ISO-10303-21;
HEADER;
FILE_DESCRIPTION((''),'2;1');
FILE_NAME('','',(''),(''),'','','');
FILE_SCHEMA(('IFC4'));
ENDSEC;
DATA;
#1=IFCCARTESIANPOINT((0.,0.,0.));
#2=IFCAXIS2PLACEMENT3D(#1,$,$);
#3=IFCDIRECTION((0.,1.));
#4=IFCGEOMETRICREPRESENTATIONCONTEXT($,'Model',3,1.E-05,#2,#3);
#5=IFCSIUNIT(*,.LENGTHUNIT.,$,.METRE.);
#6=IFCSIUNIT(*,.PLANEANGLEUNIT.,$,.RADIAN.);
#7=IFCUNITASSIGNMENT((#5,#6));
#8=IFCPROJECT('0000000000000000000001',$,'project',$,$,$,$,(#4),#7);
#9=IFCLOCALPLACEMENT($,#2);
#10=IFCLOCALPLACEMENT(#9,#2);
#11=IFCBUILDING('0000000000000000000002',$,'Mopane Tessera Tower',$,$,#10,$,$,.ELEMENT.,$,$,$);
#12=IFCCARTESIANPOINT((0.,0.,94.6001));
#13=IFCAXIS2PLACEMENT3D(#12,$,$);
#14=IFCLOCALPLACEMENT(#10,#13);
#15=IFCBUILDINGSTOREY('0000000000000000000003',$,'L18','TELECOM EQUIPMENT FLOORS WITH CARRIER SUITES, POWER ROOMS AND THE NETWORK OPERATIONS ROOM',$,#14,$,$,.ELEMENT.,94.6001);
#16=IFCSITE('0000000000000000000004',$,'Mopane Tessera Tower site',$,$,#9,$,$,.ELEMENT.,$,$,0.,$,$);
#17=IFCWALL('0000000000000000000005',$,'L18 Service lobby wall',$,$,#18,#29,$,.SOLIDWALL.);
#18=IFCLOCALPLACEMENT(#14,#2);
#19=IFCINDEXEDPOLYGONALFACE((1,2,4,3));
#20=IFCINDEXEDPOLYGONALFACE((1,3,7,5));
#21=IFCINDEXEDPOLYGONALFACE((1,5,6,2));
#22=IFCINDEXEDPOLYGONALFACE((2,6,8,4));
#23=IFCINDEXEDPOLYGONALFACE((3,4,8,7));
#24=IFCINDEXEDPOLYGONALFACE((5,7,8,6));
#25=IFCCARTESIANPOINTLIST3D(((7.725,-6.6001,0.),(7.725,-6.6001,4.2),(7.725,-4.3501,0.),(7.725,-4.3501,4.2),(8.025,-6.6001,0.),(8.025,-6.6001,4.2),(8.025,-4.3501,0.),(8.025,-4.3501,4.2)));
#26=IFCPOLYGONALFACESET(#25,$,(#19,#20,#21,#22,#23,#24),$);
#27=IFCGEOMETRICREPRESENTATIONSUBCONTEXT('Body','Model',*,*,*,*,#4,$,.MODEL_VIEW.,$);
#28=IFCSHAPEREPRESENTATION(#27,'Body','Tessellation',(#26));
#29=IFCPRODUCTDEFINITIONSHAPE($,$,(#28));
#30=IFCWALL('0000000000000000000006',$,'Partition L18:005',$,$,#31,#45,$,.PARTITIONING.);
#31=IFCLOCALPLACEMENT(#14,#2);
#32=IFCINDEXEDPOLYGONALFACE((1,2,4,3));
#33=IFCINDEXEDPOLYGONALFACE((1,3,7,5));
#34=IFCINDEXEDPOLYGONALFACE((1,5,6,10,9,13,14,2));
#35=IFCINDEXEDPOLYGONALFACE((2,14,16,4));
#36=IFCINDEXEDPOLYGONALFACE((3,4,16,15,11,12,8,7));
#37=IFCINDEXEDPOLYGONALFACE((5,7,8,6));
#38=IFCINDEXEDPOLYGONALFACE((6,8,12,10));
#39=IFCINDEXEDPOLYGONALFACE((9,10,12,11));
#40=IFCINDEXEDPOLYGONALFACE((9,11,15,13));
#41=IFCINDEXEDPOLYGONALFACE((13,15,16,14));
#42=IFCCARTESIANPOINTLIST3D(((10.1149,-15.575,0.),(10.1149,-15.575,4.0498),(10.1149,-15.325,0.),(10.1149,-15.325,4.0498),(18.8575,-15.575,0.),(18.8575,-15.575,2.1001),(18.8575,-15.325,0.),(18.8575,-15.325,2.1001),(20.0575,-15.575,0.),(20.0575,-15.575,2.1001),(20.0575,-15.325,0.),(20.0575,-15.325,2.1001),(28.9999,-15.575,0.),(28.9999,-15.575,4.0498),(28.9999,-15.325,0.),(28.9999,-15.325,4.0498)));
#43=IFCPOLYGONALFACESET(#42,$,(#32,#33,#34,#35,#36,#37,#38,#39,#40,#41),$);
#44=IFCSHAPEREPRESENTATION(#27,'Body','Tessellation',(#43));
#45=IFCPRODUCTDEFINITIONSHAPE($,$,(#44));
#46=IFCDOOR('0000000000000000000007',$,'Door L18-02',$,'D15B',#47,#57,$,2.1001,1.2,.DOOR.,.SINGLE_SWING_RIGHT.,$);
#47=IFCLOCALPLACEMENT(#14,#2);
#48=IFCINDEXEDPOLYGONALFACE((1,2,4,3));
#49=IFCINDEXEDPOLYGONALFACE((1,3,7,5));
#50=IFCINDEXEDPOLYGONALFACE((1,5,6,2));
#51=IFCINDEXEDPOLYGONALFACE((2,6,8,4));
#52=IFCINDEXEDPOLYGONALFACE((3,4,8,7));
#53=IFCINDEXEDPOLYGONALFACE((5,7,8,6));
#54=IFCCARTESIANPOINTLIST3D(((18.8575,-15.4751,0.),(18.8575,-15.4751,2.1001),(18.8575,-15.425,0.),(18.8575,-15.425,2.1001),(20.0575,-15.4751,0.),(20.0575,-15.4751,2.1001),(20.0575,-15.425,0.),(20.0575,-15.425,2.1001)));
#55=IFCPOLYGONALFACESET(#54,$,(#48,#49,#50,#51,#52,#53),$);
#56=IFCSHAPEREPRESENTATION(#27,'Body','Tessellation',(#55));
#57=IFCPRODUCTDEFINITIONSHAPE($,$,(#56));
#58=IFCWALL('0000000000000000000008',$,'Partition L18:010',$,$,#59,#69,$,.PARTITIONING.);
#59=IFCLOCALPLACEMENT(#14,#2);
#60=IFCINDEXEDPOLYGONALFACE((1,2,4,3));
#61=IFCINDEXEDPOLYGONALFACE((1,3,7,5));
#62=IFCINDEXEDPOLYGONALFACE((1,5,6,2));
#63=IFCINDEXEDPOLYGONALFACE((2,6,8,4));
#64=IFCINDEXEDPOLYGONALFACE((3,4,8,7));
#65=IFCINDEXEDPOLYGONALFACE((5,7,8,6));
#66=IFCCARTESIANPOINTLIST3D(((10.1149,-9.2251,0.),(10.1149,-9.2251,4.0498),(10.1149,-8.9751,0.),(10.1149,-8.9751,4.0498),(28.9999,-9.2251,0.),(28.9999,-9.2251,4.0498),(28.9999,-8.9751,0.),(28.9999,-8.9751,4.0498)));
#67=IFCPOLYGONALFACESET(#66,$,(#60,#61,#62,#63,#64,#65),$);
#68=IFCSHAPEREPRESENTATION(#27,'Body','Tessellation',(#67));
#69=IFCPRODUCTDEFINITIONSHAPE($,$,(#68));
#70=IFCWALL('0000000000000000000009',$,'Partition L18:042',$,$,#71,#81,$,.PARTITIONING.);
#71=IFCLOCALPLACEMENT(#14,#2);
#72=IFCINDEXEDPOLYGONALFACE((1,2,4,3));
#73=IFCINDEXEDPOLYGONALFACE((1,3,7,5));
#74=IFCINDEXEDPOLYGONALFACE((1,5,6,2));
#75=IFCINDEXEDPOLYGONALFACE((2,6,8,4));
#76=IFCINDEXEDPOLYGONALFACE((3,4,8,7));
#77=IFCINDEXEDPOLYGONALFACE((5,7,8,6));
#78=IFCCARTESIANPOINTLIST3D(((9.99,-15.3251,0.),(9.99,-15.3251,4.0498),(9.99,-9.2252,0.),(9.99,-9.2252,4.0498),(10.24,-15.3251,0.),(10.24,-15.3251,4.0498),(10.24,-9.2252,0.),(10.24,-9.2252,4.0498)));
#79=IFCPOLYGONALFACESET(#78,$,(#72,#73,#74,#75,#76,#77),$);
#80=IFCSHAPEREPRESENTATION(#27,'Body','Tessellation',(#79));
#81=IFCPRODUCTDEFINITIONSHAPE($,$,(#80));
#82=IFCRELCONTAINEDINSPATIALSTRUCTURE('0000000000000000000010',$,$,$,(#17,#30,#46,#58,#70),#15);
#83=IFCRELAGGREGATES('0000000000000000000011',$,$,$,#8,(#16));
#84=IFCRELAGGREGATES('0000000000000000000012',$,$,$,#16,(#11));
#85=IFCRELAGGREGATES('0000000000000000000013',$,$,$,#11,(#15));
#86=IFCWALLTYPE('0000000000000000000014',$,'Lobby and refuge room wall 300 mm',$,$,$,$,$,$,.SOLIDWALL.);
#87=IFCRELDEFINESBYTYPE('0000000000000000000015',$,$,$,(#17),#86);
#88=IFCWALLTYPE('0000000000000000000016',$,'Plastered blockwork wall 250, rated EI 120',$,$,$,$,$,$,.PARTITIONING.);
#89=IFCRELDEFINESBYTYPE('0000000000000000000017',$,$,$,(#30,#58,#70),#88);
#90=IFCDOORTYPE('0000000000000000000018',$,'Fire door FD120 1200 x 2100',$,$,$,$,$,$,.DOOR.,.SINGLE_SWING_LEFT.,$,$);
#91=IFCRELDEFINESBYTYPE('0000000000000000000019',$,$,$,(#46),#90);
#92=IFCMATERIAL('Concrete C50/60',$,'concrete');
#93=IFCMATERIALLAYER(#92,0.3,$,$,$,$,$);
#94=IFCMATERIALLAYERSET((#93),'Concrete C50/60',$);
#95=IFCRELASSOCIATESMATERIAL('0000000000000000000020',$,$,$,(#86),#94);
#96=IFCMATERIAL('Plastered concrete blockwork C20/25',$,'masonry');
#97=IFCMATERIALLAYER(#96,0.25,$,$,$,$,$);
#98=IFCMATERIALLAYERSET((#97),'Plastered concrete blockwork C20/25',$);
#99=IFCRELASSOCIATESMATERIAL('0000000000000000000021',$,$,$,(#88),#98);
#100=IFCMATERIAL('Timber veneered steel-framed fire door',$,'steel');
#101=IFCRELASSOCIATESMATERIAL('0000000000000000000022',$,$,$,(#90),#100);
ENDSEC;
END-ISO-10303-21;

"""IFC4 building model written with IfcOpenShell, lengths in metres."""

from ifc_helpers import new_model, si_unit, direction, frame, frame_2d, origin, place, context, subcontext, project, spatial, rectangle, extrude, material, layer, layer_set, type_object, element, fill, save


model = new_model("IFC4")

# Units and contexts
model_context = context("Model", 3, precision=1e-05, world=origin(), true_north=direction((0.0, 1.0)))
body_context = subcontext(model_context, "Body", "Model", "MODEL_VIEW")
ifc_project = project(units=[si_unit("LENGTHUNIT", "METRE"), si_unit("PLANEANGLEUNIT", "RADIAN")], contexts=[model_context])

# Site, building, storey
site_placement = place(None, origin())
site = spatial("IfcSite", under=ifc_project, at=site_placement, Name="Mopane Tessera Tower site", CompositionType="ELEMENT", RefElevation=0.0)
building_placement = place(site_placement, origin())
building = spatial("IfcBuilding", under=site, at=building_placement, Name="Mopane Tessera Tower", CompositionType="ELEMENT")
storey_placement = place(building_placement, frame((0.0, 0.0, 94.6001)))
storey = spatial("IfcBuildingStorey", under=building, at=storey_placement, Name="L18", Description="TELECOM EQUIPMENT FLOORS WITH CARRIER SUITES, POWER ROOMS AND THE NETWORK OPERATIONS ROOM", CompositionType="ELEMENT", Elevation=94.6001)

# Wall
ifc_material_1 = material(Name="Concrete C50/60", Category="concrete")
ifc_layer_1 = layer(ifc_material_1, 0.3)
ifc_layer_set_1 = layer_set([ifc_layer_1], Name="Concrete C50/60")
wall_type_1 = type_object("IfcWallType", Name="Lobby and refuge room wall 300 mm", PredefinedType="SOLIDWALL", material=ifc_layer_set_1)
for number, where, z_axis, x_axis, name in (
    (1, (7.875, -6.6001, 0.0), (0.0, 0.0, 1.0), (0.0, 1.0, 0.0), "L18 Service lobby wall"),
):
    element("IfcWall", number, at=place(storey_placement, frame(where, z_axis=z_axis, x_axis=x_axis)), inside=storey, type_object=wall_type_1, Name=name, PredefinedType="SOLIDWALL", context=body_context, shape_type="SweptSolid", body=[
        extrude(rectangle(XDim=2.25, YDim=0.3, at=frame_2d((1.125, 0.0))), origin(), (0.0, 0.0, 1.0), 4.2),
    ])

# Wall, opening, door
ifc_material_2 = material(Name="Plastered concrete blockwork C20/25", Category="masonry")
ifc_layer_2 = layer(ifc_material_2, 0.25)
ifc_layer_set_2 = layer_set([ifc_layer_2], Name="Plastered concrete blockwork C20/25")
wall_type_2 = type_object("IfcWallType", Name="Plastered blockwork wall 250, rated EI 120", PredefinedType="PARTITIONING", material=ifc_layer_set_2)
wall_1_placement = place(storey_placement, frame((10.115, -15.45, 0.0), z_axis=(0.0, 0.0, 1.0), x_axis=(1.0, 0.0, 0.0)))
wall_1 = element("IfcWall", 2, at=wall_1_placement, inside=storey, type_object=wall_type_2, Name="Partition L18:005", PredefinedType="PARTITIONING", context=body_context, shape_type="SweptSolid", body=[
    extrude(rectangle(XDim=18.885, YDim=0.25, at=frame_2d((9.4424, 0.0))), origin(), (0.0, 0.0, 1.0), 4.0498),
])
opening_1_placement = place(wall_1_placement, frame((8.7424, 0.0, 0.0)))
opening_1 = element("IfcOpeningElement", 3, at=opening_1_placement, cuts=wall_1, PredefinedType="OPENING", context=body_context, shape_type="SweptSolid", body=[
    extrude(rectangle(XDim=1.2, YDim=2.1001, at=frame_2d((0.6001, 1.05))), frame((0.0, 0.137, 0.0), z_axis=(0.0, -1.0, 0.0), x_axis=(1.0, 0.0, 0.0)), (0.0, 0.0, 1.0), 0.2739),
])
ifc_material_3 = material(Name="Timber veneered steel-framed fire door", Category="steel")
door_type_1 = type_object("IfcDoorType", Name="Fire door FD120 1200 x 2100", OperationType="SINGLE_SWING_LEFT", PredefinedType="DOOR", material=ifc_material_3)
door_1_placement = place(opening_1_placement, origin())
door_1 = element("IfcDoor", 4, at=door_1_placement, inside=storey, type_object=door_type_1, Name="Door L18-02", ObjectType="D15B", OperationType="SINGLE_SWING_RIGHT", OverallHeight=2.1001, OverallWidth=1.2, PredefinedType="DOOR", context=body_context, shape_type="SweptSolid", body=[
    extrude(rectangle(XDim=1.2, YDim=2.1001, at=frame_2d((0.6001, 1.05))), frame((0.0, 0.0249, 0.0), z_axis=(0.0, -1.0, 0.0), x_axis=(1.0, 0.0, 0.0)), (0.0, 0.0, 1.0), 0.05),
])
fill(opening_1, door_1)

# Walls
wall_2_placement = place(storey_placement, frame((10.115, -9.1001, 0.0), z_axis=(0.0, 0.0, 1.0), x_axis=(1.0, 0.0, 0.0)))
element("IfcWall", 5, at=wall_2_placement, inside=storey, type_object=wall_type_2, Name="Partition L18:010", PredefinedType="PARTITIONING", context=body_context, shape_type="SweptSolid", body=[
    extrude(rectangle(XDim=18.885, YDim=0.25, at=frame_2d((9.4424, 0.0))), origin(), (0.0, 0.0, 1.0), 4.0498),
])
wall_3_placement = place(storey_placement, frame((10.115, -15.325, 0.0), z_axis=(0.0, 0.0, 1.0), x_axis=(0.0, 1.0, 0.0)))
element("IfcWall", 6, at=wall_3_placement, inside=storey, type_object=wall_type_2, Name="Partition L18:042", PredefinedType="PARTITIONING", context=body_context, shape_type="SweptSolid", body=[
    extrude(rectangle(XDim=6.0999, YDim=0.25, at=frame_2d((3.0498, 0.0))), origin(), (0.0, 0.0, 1.0), 4.0498),
])

save(model, "model.ifc")
